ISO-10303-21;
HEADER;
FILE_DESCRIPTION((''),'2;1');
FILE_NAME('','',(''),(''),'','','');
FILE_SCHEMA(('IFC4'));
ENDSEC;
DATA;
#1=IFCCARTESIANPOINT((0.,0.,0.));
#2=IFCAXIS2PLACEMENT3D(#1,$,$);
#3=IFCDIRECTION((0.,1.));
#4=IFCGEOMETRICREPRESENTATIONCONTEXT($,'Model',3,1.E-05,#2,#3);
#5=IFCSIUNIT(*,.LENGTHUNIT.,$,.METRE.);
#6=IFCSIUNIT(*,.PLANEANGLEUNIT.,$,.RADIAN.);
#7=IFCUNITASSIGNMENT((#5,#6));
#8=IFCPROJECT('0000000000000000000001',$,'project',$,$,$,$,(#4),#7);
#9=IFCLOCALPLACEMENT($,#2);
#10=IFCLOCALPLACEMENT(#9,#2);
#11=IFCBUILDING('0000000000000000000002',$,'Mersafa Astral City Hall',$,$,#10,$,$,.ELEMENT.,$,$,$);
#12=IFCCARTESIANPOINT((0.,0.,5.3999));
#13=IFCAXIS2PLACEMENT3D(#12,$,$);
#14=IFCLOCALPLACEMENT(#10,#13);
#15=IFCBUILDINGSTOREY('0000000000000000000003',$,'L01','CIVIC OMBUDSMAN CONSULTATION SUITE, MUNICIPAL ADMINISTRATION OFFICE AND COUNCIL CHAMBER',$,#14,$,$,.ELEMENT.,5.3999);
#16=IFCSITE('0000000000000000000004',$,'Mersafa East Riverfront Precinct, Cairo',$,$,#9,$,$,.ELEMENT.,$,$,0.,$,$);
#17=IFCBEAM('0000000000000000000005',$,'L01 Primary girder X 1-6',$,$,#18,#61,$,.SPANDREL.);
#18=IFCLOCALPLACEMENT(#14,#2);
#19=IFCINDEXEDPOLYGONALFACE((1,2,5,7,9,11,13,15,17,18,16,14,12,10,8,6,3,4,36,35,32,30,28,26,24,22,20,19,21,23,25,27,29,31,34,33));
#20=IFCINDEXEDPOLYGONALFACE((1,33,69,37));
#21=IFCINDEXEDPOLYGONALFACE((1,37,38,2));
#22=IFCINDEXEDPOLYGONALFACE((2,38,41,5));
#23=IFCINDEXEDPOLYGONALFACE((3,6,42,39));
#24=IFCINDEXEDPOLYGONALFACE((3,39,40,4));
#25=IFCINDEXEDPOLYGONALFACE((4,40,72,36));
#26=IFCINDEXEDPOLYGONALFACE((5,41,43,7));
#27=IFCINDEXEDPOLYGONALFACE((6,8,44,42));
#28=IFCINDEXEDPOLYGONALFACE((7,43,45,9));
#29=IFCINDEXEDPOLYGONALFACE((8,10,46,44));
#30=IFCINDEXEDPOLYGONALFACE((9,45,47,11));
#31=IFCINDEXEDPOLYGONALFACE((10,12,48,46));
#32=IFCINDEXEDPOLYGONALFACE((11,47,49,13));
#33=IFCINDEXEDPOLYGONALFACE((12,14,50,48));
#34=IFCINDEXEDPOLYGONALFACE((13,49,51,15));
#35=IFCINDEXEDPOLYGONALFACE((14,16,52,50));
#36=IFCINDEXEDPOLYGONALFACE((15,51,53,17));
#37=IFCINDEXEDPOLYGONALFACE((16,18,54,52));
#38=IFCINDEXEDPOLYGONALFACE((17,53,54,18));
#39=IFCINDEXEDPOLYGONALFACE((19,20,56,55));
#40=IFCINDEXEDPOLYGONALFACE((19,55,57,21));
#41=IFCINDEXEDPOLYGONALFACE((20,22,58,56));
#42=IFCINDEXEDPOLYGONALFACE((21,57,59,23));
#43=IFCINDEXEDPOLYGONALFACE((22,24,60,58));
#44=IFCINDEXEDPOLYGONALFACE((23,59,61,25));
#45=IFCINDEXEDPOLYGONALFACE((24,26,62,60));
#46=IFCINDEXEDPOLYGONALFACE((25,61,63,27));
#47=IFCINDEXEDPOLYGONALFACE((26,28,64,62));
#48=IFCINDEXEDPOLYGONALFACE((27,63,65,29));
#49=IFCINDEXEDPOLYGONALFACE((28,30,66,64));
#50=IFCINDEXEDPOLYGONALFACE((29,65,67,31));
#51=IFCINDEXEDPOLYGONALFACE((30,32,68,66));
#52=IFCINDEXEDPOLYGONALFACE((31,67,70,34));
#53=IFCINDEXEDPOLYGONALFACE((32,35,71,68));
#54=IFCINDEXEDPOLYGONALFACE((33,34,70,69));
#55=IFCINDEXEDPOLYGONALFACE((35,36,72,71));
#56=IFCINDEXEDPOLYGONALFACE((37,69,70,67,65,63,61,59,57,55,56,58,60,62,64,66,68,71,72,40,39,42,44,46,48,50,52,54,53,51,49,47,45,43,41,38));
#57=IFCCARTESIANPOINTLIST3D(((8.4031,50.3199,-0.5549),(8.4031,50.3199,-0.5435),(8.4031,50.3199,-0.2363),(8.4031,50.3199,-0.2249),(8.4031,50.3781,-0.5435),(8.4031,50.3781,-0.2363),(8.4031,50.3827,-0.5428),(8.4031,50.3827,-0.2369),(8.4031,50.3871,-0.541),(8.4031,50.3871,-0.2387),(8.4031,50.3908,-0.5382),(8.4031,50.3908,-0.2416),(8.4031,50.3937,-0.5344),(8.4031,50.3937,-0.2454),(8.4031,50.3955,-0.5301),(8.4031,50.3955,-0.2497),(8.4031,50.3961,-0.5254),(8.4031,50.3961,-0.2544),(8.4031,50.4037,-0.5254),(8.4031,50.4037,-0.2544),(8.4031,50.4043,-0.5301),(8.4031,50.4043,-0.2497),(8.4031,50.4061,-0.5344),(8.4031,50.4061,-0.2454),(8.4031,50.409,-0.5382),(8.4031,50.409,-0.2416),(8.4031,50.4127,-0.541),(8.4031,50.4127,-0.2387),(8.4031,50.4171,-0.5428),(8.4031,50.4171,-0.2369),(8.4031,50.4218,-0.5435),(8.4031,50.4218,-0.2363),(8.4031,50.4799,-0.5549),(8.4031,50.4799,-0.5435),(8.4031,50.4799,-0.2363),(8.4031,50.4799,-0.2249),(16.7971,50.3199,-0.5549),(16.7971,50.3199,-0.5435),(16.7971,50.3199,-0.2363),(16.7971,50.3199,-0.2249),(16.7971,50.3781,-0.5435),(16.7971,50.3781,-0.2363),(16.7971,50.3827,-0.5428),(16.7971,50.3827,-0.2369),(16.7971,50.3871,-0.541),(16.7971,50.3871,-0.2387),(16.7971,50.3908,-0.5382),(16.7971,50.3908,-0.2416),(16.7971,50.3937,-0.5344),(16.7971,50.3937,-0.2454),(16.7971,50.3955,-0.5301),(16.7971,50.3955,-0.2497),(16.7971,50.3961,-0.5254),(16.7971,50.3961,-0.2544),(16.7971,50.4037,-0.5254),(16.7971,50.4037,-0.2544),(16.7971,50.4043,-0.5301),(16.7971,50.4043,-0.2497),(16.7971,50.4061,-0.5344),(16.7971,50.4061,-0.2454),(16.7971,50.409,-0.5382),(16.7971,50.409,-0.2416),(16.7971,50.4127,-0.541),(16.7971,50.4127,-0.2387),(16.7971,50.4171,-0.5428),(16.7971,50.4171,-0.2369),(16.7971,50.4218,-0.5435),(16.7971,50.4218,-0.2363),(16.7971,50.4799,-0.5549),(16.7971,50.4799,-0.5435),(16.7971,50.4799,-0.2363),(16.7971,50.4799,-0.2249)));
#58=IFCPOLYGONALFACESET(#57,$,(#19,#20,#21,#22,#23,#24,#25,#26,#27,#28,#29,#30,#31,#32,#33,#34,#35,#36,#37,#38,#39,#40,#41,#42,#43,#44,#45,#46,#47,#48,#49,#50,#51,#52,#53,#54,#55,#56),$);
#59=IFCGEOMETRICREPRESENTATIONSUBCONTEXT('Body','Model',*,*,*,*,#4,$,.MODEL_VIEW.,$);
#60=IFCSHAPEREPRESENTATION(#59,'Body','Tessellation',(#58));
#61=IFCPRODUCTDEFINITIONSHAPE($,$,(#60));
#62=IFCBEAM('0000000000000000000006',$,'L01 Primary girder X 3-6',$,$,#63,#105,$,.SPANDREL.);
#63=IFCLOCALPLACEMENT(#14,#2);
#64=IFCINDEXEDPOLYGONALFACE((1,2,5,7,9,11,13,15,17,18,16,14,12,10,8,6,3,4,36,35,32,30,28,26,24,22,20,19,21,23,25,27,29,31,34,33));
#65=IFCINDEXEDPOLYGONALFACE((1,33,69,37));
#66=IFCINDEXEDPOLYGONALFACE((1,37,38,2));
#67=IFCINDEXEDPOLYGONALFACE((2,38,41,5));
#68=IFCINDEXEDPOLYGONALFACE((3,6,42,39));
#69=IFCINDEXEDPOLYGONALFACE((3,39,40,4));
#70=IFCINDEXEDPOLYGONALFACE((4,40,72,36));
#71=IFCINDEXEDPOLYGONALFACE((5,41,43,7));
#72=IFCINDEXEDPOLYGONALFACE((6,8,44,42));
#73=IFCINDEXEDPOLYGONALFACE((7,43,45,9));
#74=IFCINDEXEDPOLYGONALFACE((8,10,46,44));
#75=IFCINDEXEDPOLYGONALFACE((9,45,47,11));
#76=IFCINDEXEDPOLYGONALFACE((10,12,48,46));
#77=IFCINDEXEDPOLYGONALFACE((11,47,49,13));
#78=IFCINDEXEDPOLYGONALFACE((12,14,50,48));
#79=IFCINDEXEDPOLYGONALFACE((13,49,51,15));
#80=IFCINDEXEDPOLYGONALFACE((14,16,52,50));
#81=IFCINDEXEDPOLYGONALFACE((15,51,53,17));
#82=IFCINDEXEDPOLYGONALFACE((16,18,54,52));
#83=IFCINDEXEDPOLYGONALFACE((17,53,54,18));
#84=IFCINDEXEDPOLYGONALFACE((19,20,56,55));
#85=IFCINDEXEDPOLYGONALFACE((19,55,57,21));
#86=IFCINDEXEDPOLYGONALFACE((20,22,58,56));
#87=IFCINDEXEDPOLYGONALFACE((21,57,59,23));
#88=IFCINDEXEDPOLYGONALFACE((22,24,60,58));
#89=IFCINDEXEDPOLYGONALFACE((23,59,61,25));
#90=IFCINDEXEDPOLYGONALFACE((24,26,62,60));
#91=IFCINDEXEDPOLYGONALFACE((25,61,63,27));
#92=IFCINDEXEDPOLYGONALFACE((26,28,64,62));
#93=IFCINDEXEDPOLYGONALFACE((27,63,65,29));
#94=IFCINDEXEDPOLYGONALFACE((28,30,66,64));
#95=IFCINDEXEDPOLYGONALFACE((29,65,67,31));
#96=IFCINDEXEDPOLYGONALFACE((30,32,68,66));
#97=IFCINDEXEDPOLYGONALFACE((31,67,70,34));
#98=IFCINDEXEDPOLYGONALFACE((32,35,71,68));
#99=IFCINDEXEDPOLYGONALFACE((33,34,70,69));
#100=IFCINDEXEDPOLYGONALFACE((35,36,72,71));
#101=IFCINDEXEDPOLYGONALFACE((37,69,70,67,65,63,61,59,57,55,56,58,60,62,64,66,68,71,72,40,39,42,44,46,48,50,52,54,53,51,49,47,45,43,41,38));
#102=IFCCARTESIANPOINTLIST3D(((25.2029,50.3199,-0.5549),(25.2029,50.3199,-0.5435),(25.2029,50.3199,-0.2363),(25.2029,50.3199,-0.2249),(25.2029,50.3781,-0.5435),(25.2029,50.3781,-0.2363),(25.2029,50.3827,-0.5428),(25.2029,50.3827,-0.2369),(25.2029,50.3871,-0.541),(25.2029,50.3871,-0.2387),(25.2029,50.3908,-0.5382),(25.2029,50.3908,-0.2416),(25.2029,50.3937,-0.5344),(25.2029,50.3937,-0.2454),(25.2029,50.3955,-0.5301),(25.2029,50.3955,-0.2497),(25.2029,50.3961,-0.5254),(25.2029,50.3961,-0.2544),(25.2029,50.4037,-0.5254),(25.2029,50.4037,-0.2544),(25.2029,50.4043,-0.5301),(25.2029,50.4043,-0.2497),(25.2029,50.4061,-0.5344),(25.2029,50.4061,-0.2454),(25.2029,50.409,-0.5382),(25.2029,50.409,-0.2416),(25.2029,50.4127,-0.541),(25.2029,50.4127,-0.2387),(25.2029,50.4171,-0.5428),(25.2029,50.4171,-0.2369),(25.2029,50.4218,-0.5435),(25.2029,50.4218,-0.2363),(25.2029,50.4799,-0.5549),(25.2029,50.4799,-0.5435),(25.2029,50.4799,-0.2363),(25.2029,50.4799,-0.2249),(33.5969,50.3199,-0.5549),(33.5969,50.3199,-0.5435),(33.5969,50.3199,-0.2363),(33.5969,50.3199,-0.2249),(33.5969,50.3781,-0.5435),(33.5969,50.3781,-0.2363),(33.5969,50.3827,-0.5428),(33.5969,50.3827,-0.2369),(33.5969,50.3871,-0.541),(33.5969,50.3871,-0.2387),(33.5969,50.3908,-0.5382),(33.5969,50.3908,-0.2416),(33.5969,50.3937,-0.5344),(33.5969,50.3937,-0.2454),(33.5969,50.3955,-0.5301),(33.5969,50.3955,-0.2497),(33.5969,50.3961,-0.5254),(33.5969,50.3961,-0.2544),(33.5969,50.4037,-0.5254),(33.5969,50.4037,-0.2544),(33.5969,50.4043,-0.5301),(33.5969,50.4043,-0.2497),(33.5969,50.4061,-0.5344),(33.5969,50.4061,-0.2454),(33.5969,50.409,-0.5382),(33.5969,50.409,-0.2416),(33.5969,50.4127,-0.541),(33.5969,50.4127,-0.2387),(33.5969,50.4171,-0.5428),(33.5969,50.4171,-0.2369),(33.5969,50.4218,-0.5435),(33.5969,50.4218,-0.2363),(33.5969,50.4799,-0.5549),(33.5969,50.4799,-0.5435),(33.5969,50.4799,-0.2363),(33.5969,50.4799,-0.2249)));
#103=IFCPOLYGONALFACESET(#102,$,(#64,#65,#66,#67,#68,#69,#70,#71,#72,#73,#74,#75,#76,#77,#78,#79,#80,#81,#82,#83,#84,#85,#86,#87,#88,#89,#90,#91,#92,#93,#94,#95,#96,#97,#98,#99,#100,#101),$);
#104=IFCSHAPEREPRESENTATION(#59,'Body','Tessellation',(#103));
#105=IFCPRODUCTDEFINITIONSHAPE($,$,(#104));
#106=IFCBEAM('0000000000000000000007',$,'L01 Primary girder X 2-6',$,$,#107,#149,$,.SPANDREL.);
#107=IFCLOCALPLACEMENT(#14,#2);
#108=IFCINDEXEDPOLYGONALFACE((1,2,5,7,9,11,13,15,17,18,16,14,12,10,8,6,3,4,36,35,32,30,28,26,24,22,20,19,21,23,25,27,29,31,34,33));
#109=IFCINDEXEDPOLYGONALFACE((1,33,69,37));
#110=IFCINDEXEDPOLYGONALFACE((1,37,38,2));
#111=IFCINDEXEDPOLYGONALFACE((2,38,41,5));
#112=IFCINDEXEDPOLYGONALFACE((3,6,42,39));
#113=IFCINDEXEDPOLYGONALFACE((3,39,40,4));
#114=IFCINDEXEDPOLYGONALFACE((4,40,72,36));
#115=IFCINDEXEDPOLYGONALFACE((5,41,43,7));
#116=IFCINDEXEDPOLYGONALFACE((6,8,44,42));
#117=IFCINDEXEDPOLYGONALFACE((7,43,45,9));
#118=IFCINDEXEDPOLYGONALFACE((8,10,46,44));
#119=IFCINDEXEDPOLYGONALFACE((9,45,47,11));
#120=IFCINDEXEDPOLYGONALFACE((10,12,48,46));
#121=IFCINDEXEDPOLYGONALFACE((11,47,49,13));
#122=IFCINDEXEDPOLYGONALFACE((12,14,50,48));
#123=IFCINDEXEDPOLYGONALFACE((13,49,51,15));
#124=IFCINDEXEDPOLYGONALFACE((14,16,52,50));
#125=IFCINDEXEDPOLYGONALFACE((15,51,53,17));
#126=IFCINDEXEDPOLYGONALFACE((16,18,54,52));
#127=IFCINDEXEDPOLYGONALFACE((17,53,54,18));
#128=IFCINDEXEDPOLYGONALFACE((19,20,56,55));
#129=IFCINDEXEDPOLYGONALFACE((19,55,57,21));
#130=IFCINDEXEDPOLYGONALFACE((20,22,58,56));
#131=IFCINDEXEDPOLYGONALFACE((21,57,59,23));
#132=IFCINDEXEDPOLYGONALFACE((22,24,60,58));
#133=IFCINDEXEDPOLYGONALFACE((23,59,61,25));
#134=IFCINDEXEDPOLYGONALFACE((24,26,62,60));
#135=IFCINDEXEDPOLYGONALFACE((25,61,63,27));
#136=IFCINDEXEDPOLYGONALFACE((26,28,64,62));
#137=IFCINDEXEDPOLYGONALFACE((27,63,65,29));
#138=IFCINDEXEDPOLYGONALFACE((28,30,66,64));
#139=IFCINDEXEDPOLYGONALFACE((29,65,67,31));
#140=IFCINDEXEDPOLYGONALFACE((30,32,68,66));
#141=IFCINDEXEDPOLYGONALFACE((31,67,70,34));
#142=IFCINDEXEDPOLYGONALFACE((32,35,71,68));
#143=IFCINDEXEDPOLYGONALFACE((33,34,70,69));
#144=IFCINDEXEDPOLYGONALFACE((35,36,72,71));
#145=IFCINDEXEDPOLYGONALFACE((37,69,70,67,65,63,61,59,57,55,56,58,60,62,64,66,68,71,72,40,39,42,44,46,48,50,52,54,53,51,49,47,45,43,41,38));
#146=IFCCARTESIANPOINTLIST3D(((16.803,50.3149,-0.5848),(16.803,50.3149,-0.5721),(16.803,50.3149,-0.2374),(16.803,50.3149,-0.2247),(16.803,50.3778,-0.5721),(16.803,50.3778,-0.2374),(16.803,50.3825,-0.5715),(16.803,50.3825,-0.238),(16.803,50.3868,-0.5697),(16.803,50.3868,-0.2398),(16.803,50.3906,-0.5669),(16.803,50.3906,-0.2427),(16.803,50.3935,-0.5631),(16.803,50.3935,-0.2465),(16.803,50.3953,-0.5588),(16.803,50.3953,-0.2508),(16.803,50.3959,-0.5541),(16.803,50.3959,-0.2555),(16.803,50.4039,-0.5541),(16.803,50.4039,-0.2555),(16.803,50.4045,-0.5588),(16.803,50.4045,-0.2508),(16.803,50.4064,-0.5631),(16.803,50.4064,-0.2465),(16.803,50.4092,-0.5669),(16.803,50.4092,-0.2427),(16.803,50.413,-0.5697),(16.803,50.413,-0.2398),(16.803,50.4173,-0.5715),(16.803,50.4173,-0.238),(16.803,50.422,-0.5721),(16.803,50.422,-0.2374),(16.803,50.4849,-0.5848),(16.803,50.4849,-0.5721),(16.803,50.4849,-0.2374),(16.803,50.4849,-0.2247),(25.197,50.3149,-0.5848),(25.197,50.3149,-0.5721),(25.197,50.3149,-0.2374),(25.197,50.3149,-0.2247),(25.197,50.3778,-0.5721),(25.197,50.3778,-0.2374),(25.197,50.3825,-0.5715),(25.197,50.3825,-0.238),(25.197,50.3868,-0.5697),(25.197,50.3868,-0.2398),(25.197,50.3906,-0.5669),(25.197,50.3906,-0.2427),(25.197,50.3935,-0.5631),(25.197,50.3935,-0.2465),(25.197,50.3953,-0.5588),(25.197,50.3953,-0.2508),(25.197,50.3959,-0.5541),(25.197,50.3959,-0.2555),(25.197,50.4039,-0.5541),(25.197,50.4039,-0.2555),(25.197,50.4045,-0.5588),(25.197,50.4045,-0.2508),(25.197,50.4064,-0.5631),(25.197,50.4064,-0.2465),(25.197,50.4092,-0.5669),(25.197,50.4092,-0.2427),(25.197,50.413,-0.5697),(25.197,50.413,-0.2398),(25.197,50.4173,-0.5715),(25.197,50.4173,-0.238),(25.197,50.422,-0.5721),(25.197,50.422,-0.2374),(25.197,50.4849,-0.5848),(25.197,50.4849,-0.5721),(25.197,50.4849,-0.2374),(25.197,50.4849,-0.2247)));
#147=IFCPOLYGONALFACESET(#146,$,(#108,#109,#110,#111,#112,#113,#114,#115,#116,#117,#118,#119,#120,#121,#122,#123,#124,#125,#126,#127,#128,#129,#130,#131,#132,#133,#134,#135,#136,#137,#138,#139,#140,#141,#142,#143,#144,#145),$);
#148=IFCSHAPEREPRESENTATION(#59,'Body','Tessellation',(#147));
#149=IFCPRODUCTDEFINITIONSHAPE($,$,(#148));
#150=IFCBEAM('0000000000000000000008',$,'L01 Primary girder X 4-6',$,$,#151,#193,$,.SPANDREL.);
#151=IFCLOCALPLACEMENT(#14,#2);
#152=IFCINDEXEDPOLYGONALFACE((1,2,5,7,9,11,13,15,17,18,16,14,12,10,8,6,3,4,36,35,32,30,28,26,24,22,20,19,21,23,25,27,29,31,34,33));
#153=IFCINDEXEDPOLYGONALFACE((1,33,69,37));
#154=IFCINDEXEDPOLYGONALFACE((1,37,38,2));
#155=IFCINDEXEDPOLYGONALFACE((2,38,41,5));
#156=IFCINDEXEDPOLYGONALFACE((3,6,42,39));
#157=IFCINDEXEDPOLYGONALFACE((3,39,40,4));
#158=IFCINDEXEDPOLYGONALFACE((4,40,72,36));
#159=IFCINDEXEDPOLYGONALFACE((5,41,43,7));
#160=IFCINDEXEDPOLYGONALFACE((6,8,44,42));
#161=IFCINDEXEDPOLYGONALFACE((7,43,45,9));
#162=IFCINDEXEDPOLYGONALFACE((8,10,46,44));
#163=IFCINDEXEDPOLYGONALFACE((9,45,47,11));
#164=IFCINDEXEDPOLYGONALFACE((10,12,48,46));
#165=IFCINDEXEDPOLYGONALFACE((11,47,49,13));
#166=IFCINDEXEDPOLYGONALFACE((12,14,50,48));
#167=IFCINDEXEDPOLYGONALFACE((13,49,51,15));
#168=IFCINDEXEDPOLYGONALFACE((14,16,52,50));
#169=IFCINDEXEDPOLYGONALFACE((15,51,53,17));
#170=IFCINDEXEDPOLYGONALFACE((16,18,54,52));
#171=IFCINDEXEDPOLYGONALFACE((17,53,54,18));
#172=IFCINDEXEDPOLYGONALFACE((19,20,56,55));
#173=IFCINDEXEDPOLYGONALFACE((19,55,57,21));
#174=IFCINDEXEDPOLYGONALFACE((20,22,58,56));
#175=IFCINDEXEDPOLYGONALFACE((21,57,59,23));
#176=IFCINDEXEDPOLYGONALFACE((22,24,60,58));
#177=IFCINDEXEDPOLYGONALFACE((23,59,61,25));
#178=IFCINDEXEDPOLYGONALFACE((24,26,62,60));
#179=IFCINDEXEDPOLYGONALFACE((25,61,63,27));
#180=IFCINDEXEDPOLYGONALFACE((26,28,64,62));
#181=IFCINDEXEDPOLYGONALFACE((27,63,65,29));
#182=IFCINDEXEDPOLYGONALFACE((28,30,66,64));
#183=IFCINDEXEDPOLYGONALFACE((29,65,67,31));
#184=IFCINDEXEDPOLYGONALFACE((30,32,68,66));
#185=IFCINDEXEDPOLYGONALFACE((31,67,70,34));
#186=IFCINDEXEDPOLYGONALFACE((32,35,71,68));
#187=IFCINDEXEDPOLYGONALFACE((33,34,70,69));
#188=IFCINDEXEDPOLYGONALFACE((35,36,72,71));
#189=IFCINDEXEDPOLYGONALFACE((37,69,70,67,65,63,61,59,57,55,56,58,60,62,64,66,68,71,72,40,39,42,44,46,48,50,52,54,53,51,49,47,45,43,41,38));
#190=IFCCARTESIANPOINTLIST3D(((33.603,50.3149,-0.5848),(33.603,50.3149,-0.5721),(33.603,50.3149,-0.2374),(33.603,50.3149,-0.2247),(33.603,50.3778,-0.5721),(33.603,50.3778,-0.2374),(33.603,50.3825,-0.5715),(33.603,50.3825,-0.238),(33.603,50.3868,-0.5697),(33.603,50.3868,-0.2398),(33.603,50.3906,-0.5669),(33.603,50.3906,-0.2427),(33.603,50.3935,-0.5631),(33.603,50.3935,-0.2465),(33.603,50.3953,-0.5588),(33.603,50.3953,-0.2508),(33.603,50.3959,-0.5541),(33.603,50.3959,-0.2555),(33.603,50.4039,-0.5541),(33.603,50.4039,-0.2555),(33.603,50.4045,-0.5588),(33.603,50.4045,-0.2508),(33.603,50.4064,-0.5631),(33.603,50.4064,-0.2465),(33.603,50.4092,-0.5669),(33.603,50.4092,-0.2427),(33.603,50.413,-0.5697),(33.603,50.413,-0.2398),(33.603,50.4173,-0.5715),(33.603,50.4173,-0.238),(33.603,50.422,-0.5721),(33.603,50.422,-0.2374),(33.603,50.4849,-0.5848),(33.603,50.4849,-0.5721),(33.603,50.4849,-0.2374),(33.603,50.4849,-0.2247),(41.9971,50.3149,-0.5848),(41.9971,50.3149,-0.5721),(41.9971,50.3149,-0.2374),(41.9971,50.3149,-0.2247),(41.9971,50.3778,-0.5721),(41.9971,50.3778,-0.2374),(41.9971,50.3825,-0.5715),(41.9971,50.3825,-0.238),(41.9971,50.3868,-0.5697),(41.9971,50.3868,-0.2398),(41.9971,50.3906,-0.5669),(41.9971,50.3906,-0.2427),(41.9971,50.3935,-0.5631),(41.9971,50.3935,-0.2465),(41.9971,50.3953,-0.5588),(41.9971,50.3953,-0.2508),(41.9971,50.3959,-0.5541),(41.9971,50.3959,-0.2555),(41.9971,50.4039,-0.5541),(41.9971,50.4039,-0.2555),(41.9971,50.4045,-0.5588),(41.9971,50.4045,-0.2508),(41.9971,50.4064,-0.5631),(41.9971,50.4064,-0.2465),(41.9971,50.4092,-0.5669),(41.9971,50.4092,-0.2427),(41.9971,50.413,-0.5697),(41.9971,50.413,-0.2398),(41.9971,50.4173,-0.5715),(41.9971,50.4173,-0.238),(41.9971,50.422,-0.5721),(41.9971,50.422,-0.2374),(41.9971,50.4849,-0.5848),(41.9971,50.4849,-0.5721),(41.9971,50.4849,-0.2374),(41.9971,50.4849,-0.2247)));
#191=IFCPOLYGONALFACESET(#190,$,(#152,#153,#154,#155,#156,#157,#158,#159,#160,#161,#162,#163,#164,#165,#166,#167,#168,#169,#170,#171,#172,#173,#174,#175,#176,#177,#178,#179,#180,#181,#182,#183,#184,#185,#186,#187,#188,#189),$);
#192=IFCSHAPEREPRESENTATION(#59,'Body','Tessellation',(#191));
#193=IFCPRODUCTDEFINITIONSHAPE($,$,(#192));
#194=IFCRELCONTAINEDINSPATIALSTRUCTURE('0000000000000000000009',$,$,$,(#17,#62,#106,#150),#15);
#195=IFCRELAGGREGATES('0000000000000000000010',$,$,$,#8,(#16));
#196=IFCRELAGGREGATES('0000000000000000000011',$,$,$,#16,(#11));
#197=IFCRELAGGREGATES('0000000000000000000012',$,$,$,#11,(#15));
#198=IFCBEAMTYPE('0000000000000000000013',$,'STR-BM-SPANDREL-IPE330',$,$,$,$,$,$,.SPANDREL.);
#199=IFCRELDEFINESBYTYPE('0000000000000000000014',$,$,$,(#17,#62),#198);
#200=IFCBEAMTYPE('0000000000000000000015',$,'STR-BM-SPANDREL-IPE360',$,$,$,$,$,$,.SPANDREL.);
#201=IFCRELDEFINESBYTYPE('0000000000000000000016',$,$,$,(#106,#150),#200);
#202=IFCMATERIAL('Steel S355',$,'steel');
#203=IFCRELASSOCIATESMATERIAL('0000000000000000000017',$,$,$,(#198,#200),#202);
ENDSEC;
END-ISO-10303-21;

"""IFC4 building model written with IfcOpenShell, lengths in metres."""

from ifc_helpers import new_model, si_unit, direction, frame, origin, origin_2d, place, context, subcontext, project, spatial, i_section, extrude, material, material_profile, profile_set, type_object, element, save


model = new_model("IFC4")

# Units and contexts
model_context = context("Model", 3, precision=1e-05, world=origin(), true_north=direction((0.0, 1.0)))
body_context = subcontext(model_context, "Body", "Model", "MODEL_VIEW")
ifc_project = project(units=[si_unit("LENGTHUNIT", "METRE"), si_unit("PLANEANGLEUNIT", "RADIAN")], contexts=[model_context])

# Site, building, storey
site_placement = place(None, origin())
site = spatial("IfcSite", under=ifc_project, at=site_placement, Name="Mersafa East Riverfront Precinct, Cairo", CompositionType="ELEMENT", RefElevation=0.0)
building_placement = place(site_placement, origin())
building = spatial("IfcBuilding", under=site, at=building_placement, Name="Mersafa Astral City Hall", CompositionType="ELEMENT")
storey_placement = place(building_placement, frame((0.0, 0.0, 5.3999)))
storey = spatial("IfcBuildingStorey", under=building, at=storey_placement, Name="L01", Description="CIVIC OMBUDSMAN CONSULTATION SUITE, MUNICIPAL ADMINISTRATION OFFICE AND COUNCIL CHAMBER", CompositionType="ELEMENT", Elevation=5.3999)

# Shared definitions
ifc_material_1 = material(Name="Steel S355", Category="steel")

# Beams
ifc_material_profile_1 = material_profile(ifc_material_1, i_section(OverallWidth=0.1599, OverallDepth=0.3301, WebThickness=0.0076, FlangeThickness=0.0115, FilletRadius=0.0181, at=origin_2d()), Name="IPE 330")
ifc_profile_set_1 = profile_set([ifc_material_profile_1], Name="Steel S355")
beam_type_1 = type_object("IfcBeamType", Name="STR-BM-SPANDREL-IPE330", PredefinedType="SPANDREL", material=ifc_profile_set_1)
for number, where, z_axis, x_axis, name in (
    (1, (8.4031, 50.3999, -0.3899), (1.0, 0.0, 0.0), (0.0, 1.0, 0.0), "L01 Primary girder X 1-6"),
    (2, (25.2029, 50.3999, -0.3899), (1.0, 0.0, 0.0), (0.0, 1.0, 0.0), "L01 Primary girder X 3-6"),
):
    element("IfcBeam", number, at=place(storey_placement, frame(where, z_axis=z_axis, x_axis=x_axis)), inside=storey, type_object=beam_type_1, Name=name, PredefinedType="SPANDREL", context=body_context, shape_type="SweptSolid", body=[
        extrude(i_section(OverallWidth=0.1599, OverallDepth=0.3301, WebThickness=0.0076, FlangeThickness=0.0115, FilletRadius=0.0181, at=origin_2d()), origin(), (0.0, 0.0, 1.0), 8.394),
    ])
ifc_material_profile_2 = material_profile(ifc_material_1, i_section(OverallWidth=0.1699, OverallDepth=0.3601, WebThickness=0.0081, FlangeThickness=0.0127, FilletRadius=0.0181, at=origin_2d()), Name="IPE 360")
ifc_profile_set_2 = profile_set([ifc_material_profile_2], Name="Steel S355")
beam_type_2 = type_object("IfcBeamType", Name="STR-BM-SPANDREL-IPE360", PredefinedType="SPANDREL", material=ifc_profile_set_2)
for number, where, z_axis, x_axis, name in (
    (3, (16.803, 50.3999, -0.4048), (1.0, 0.0, 0.0), (0.0, 1.0, 0.0), "L01 Primary girder X 2-6"),
    (4, (33.603, 50.3999, -0.4048), (1.0, 0.0, 0.0), (0.0, 1.0, 0.0), "L01 Primary girder X 4-6"),
):
    element("IfcBeam", number, at=place(storey_placement, frame(where, z_axis=z_axis, x_axis=x_axis)), inside=storey, type_object=beam_type_2, Name=name, PredefinedType="SPANDREL", context=body_context, shape_type="SweptSolid", body=[
        extrude(i_section(OverallWidth=0.1699, OverallDepth=0.3601, WebThickness=0.0081, FlangeThickness=0.0127, FilletRadius=0.0181, at=origin_2d()), origin(), (0.0, 0.0, 1.0), 8.394),
    ])

save(model, "model.ifc")
